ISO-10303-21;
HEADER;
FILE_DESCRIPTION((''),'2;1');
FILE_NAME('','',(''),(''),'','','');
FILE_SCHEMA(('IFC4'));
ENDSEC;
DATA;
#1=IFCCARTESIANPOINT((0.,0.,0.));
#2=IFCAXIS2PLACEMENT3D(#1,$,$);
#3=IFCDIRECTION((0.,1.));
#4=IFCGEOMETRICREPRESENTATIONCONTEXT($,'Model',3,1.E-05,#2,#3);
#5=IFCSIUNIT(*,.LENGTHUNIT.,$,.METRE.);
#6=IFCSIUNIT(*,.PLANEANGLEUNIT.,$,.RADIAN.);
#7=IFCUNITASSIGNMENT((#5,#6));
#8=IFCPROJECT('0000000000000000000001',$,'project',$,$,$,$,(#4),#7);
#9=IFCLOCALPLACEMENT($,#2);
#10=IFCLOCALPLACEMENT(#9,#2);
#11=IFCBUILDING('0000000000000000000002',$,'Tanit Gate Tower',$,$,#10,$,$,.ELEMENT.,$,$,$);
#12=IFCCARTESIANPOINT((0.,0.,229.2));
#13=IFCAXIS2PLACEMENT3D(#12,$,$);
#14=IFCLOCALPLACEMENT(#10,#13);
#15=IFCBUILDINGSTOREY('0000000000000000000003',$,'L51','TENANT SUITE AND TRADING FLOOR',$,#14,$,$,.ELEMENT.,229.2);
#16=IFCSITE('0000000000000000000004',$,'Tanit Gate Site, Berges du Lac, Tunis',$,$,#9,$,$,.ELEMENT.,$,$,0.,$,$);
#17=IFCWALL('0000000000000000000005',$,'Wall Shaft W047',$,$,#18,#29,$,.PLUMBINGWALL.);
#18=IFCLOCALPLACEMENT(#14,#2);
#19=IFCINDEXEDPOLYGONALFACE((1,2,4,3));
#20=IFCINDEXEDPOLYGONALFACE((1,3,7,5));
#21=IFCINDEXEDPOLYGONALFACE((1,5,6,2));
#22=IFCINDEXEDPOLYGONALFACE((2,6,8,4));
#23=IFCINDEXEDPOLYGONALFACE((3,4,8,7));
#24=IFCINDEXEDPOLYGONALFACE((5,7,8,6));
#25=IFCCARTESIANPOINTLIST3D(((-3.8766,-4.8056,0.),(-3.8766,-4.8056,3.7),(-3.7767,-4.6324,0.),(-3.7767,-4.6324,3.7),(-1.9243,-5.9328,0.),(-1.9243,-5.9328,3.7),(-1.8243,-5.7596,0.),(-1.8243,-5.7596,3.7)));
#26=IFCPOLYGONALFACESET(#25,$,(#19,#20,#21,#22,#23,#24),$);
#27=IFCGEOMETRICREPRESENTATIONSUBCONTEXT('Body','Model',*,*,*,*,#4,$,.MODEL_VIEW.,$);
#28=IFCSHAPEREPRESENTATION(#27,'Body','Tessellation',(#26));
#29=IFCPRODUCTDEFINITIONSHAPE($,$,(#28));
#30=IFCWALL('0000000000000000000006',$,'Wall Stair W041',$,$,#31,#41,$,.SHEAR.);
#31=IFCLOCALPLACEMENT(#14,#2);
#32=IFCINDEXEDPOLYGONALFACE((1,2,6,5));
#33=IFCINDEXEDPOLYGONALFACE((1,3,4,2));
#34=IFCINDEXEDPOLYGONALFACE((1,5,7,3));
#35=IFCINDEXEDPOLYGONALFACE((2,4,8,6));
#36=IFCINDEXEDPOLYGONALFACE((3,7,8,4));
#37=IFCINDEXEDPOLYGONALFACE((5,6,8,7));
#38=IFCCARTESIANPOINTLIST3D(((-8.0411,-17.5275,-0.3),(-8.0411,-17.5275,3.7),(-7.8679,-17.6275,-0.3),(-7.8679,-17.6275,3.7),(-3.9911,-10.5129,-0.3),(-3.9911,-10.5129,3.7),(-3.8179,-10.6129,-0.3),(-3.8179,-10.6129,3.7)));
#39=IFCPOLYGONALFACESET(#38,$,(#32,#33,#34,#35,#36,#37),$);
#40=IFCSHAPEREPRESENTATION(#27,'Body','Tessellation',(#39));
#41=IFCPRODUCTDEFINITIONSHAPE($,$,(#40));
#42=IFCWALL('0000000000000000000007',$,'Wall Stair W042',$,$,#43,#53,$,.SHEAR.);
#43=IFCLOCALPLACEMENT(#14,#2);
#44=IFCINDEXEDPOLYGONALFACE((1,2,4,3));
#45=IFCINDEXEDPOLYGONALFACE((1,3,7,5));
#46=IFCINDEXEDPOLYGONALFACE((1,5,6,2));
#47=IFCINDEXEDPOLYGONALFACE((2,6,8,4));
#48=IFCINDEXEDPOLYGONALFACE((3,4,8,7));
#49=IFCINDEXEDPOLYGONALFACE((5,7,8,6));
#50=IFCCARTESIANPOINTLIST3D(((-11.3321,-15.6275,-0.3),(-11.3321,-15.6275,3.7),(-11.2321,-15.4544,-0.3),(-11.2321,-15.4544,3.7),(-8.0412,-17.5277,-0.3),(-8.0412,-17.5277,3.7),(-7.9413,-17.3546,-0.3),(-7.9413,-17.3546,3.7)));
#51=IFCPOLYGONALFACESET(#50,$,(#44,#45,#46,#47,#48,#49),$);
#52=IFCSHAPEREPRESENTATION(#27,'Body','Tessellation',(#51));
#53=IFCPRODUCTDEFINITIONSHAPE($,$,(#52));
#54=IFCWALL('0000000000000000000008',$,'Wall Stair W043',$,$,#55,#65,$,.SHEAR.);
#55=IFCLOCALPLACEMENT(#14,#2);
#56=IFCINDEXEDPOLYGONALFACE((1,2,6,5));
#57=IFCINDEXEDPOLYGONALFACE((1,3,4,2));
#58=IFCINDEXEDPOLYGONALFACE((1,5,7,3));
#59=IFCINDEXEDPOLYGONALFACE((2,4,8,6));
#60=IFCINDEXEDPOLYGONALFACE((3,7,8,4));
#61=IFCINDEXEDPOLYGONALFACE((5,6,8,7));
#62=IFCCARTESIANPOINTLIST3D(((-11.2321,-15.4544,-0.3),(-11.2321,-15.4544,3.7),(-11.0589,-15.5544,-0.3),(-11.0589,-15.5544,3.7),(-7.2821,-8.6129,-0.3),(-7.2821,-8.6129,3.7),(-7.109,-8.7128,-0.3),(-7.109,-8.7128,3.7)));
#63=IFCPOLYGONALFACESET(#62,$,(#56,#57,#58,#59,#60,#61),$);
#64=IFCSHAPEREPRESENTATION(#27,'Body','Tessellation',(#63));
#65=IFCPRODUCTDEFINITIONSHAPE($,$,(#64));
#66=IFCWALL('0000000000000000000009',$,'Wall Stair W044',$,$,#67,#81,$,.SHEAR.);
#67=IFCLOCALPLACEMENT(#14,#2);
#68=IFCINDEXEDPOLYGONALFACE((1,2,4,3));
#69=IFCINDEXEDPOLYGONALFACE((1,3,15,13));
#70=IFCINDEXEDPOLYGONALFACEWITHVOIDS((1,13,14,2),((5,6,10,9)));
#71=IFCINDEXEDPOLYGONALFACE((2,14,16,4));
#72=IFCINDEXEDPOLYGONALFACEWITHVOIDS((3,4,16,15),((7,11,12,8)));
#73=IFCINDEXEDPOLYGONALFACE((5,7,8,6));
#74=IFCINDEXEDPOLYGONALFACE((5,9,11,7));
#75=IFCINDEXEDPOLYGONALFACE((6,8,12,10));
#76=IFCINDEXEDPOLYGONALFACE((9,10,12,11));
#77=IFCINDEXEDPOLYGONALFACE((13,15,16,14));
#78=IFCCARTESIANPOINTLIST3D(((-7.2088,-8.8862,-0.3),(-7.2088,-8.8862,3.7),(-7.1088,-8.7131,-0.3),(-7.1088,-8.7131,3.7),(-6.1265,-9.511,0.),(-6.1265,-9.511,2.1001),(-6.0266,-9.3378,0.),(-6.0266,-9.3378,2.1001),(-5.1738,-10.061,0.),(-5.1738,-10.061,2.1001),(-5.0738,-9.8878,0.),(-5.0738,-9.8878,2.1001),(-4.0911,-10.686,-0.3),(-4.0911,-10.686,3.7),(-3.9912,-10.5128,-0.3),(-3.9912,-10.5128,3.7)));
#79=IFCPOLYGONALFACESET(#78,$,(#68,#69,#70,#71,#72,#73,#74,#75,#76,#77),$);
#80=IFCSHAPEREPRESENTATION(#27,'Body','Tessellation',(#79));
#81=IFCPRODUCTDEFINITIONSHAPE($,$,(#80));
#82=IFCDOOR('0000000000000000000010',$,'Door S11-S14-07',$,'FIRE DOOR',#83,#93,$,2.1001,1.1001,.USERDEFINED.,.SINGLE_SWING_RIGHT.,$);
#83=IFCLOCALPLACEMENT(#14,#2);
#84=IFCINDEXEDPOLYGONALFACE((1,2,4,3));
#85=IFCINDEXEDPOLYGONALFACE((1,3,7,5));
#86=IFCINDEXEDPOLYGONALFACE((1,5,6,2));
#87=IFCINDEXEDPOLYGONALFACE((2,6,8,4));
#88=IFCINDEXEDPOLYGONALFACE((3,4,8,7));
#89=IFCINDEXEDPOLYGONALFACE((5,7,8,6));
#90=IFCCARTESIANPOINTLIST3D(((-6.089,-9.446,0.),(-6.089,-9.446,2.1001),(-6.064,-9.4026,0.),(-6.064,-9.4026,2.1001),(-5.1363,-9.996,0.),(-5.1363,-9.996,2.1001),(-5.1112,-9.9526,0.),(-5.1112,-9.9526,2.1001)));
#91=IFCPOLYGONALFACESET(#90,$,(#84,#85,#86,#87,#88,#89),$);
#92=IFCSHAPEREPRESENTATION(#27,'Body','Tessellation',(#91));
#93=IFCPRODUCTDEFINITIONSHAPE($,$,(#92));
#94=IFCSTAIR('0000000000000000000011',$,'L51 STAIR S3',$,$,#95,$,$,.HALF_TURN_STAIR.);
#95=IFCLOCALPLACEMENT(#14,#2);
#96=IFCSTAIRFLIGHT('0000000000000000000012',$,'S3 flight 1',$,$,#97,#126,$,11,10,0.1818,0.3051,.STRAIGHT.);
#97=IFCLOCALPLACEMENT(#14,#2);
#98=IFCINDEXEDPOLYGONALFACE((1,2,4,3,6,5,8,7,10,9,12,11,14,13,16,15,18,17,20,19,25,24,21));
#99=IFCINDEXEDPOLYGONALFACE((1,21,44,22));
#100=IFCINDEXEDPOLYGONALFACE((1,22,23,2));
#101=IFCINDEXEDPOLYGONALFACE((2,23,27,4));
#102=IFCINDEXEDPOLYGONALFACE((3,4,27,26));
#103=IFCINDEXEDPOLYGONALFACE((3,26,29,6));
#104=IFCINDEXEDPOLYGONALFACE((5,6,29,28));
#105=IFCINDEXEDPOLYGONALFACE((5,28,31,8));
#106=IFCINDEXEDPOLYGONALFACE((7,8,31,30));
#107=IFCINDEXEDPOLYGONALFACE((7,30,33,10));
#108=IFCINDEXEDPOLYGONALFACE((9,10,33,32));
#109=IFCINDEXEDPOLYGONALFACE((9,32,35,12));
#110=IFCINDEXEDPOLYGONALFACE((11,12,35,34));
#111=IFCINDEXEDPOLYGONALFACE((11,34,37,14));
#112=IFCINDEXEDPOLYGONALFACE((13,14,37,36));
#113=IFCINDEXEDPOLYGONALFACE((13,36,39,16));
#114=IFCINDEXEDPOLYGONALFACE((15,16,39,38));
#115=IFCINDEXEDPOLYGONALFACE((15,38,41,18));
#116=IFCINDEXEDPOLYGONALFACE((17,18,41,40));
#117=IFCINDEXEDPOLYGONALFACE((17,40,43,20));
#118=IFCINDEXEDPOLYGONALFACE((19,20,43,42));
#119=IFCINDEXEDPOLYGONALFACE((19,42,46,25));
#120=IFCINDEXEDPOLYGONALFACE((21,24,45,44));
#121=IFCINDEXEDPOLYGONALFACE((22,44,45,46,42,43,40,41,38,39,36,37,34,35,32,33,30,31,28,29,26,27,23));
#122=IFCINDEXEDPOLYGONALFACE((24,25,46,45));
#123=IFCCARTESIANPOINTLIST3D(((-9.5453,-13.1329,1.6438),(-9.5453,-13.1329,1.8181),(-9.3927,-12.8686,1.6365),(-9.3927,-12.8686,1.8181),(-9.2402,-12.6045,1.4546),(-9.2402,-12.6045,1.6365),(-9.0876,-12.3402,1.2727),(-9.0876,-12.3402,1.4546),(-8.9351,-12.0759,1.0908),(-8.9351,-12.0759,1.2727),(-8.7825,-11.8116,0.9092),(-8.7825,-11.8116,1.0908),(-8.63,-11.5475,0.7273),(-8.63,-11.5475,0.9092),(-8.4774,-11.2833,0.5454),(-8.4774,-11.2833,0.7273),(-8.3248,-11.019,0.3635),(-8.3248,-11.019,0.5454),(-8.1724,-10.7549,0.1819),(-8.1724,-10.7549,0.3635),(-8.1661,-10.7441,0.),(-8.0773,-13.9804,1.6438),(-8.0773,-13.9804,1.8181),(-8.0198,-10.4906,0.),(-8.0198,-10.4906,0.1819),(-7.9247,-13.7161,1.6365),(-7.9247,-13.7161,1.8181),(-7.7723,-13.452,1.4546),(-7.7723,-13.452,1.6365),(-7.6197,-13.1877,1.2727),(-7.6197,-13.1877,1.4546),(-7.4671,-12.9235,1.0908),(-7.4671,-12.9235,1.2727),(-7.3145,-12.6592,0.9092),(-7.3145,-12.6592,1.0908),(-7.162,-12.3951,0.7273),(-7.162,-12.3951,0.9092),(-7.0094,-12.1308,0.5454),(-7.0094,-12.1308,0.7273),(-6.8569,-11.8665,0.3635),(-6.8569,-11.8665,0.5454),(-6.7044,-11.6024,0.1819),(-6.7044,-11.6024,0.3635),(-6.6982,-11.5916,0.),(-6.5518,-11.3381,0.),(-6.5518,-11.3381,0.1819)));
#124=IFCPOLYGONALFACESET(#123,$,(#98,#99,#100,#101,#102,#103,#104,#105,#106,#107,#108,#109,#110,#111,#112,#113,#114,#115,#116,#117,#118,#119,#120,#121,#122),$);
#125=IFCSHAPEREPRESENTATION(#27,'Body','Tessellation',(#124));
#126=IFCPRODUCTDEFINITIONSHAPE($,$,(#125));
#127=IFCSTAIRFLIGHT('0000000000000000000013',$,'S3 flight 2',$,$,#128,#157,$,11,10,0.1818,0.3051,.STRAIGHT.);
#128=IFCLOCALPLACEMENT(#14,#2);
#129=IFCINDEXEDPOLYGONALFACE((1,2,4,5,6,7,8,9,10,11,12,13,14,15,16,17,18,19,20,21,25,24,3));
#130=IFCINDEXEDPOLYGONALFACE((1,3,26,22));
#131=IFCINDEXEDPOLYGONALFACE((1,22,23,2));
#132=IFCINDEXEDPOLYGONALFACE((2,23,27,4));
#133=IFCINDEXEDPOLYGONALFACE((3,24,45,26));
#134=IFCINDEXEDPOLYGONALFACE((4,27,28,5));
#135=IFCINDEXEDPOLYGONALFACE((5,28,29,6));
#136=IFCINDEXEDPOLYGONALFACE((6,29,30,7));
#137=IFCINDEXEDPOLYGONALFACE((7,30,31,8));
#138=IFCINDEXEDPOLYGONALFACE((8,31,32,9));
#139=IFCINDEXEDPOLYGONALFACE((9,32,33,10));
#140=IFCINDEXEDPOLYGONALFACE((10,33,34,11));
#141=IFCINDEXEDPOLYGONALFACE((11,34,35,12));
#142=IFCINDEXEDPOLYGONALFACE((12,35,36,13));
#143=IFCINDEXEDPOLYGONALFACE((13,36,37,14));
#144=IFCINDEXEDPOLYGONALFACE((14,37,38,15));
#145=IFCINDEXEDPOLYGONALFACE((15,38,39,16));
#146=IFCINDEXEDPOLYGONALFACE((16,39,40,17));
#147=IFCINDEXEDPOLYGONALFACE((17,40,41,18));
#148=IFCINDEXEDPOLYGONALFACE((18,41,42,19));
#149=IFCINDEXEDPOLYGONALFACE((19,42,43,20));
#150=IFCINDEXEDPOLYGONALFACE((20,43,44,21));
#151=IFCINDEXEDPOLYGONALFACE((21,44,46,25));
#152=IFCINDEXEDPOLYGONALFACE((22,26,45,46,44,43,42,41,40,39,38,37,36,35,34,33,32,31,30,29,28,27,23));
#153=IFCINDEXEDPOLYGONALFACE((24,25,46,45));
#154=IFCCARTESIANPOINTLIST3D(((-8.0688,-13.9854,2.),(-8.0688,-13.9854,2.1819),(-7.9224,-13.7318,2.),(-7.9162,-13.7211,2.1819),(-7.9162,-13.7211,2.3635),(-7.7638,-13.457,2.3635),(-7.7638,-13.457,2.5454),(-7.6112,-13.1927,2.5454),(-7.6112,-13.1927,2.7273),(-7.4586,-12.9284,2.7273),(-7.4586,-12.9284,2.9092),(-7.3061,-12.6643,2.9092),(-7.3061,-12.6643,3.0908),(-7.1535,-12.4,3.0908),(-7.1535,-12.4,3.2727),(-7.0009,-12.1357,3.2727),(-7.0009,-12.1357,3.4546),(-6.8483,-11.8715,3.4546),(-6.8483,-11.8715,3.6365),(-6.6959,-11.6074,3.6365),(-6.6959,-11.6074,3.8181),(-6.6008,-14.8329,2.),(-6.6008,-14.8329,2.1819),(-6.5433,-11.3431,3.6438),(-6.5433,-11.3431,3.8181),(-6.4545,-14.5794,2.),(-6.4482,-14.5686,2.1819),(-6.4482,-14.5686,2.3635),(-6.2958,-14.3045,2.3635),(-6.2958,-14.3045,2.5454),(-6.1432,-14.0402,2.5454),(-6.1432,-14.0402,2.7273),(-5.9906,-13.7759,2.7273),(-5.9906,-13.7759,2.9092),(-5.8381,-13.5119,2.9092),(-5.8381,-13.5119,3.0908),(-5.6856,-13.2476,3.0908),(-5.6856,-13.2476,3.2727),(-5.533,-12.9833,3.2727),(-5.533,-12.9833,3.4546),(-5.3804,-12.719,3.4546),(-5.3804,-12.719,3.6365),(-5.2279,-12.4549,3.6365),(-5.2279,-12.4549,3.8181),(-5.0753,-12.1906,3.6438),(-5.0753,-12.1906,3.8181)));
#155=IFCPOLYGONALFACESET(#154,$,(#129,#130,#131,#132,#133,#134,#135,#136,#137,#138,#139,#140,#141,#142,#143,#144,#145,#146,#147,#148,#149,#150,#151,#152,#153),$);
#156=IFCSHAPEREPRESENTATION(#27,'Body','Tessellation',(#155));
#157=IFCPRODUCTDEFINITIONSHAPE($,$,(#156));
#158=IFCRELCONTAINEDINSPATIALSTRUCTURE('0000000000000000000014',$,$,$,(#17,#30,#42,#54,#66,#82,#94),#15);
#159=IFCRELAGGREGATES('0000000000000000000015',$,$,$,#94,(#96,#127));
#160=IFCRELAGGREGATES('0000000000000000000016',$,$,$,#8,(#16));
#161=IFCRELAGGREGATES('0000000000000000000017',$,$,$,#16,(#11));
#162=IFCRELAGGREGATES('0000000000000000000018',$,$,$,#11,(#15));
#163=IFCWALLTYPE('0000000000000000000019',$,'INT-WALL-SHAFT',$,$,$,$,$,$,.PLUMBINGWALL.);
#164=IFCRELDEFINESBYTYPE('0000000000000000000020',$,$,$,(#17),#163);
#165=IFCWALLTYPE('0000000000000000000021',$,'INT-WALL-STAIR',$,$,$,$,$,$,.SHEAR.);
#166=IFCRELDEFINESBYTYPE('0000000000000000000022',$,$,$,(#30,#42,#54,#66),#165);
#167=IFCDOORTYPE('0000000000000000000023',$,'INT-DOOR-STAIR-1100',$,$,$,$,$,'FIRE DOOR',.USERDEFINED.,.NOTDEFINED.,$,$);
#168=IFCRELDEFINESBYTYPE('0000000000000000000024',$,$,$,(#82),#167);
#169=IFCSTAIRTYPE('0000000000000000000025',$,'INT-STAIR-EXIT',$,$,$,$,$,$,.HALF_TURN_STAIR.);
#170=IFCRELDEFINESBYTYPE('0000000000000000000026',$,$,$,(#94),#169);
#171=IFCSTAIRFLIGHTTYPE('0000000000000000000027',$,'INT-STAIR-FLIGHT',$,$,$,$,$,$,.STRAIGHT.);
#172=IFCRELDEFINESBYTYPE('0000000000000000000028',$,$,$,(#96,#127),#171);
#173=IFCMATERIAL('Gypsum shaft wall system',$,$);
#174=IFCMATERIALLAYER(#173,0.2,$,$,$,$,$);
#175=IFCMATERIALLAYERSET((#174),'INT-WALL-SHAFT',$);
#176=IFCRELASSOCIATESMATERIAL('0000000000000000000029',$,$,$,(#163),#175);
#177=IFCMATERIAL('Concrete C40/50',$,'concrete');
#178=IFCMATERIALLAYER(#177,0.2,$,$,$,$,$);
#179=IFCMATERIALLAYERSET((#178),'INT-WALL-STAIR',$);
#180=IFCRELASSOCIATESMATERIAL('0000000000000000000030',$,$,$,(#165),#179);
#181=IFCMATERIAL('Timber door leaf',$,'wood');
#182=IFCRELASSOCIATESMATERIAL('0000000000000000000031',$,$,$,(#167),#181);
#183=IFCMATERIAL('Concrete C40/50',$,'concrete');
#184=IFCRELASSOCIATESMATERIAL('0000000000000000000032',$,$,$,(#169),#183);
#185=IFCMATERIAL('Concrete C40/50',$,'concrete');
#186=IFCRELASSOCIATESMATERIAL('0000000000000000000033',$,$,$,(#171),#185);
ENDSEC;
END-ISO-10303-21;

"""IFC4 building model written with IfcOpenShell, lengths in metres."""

from ifc_helpers import new_model, si_unit, direction, frame, frame_2d, origin, place, context, subcontext, project, spatial, polyline, rectangle, outline, extrude, material, layer, layer_set, type_object, element, fill, aggregate, save


model = new_model("IFC4")

# Units and contexts
model_context = context("Model", 3, precision=1e-05, world=origin(), true_north=direction((0.0, 1.0)))
body_context = subcontext(model_context, "Body", "Model", "MODEL_VIEW")
ifc_project = project(units=[si_unit("LENGTHUNIT", "METRE"), si_unit("PLANEANGLEUNIT", "RADIAN")], contexts=[model_context])

# Site, building, storey
site_placement = place(None, origin())
site = spatial("IfcSite", under=ifc_project, at=site_placement, Name="Tanit Gate Site, Berges du Lac, Tunis", CompositionType="ELEMENT", RefElevation=0.0)
building_placement = place(site_placement, origin())
building = spatial("IfcBuilding", under=site, at=building_placement, Name="Tanit Gate Tower", CompositionType="ELEMENT")
storey_placement = place(building_placement, frame((0.0, 0.0, 229.2)))
storey = spatial("IfcBuildingStorey", under=building, at=storey_placement, Name="L51", Description="TENANT SUITE AND TRADING FLOOR", CompositionType="ELEMENT", Elevation=229.2)

# Shared definitions
ifc_material_1 = material(Name="Gypsum shaft wall system")
ifc_layer_1 = layer(ifc_material_1, 0.2)
ifc_layer_set_1 = layer_set([ifc_layer_1], Name="INT-WALL-SHAFT")
wall_type_1 = type_object("IfcWallType", Name="INT-WALL-SHAFT", PredefinedType="PLUMBINGWALL", material=ifc_layer_set_1)

# Walls
wall_1_placement = place(storey_placement, frame((-3.8267, -4.719, 0.0), z_axis=(0.0, 0.0, 1.0), x_axis=(0.866029, -0.499994, 0.0)))
element("IfcWall", 1, at=wall_1_placement, inside=storey, type_object=wall_type_1, Name="Wall Shaft W047", PredefinedType="PLUMBINGWALL", context=body_context, shape_type="SweptSolid", body=[
    extrude(rectangle(XDim=2.2544, YDim=0.2, at=frame_2d((1.1272, 0.0))), origin(), (0.0, 0.0, 1.0), 3.7),
])
ifc_material_2 = material(Name="Concrete C40/50", Category="concrete")
ifc_layer_2 = layer(ifc_material_2, 0.2)
ifc_layer_set_2 = layer_set([ifc_layer_2], Name="INT-WALL-STAIR")
wall_type_2 = type_object("IfcWallType", Name="INT-WALL-STAIR", PredefinedType="SHEAR", material=ifc_layer_set_2)
wall_2_placement = place(storey_placement, frame((-3.9045, -10.563, -0.3), z_axis=(0.0, 0.0, 1.0), x_axis=(-0.500013, -0.866018, 0.0)))
element("IfcWall", 2, at=wall_2_placement, inside=storey, type_object=wall_type_2, Name="Wall Stair W041", PredefinedType="SHEAR", context=body_context, shape_type="SweptSolid", body=[
    extrude(rectangle(XDim=8.0999, YDim=0.2, at=frame_2d((4.0498, 0.0))), origin(), (0.0, 0.0, 1.0), 4.0),
])
wall_3_placement = place(storey_placement, frame((-11.282, -15.541, -0.3), z_axis=(0.0, 0.0, 1.0), x_axis=(0.866, -0.500043, 0.0)))
element("IfcWall", 3, at=wall_3_placement, inside=storey, type_object=wall_type_2, Name="Wall Stair W042", PredefinedType="SHEAR", context=body_context, shape_type="SweptSolid", body=[
    extrude(rectangle(XDim=3.8, YDim=0.2, at=frame_2d((1.8999, 0.0))), origin(), (0.0, 0.0, 1.0), 4.0),
])
wall_4_placement = place(storey_placement, frame((-7.1956, -8.6628, -0.3), z_axis=(0.0, 0.0, 1.0), x_axis=(-0.499998, -0.866027, 0.0)))
element("IfcWall", 4, at=wall_4_placement, inside=storey, type_object=wall_type_2, Name="Wall Stair W043", PredefinedType="SHEAR", context=body_context, shape_type="SweptSolid", body=[
    extrude(rectangle(XDim=7.8999, YDim=0.2, at=frame_2d((3.95, 0.0))), origin(), (0.0, 0.0, 1.0), 4.0),
])

# Wall, opening, door
wall_5_placement = place(storey_placement, frame((-4.0413, -10.5994, -0.3), z_axis=(0.0, 0.0, 1.0), x_axis=(-0.866048, 0.499961, 0.0)))
wall_5 = element("IfcWall", 5, at=wall_5_placement, inside=storey, type_object=wall_type_2, Name="Wall Stair W044", PredefinedType="SHEAR", context=body_context, shape_type="SweptSolid", body=[
    extrude(rectangle(XDim=3.5999, YDim=0.2, at=frame_2d((1.7998, 0.0))), origin(), (0.0, 0.0, 1.0), 4.0),
])
opening_1_placement = place(wall_5_placement, frame((1.25, 0.0, 0.3)))
opening_1 = element("IfcOpeningElement", 6, at=opening_1_placement, cuts=wall_5, PredefinedType="OPENING", context=body_context, shape_type="SweptSolid", body=[
    extrude(rectangle(XDim=1.1001, YDim=2.1001, at=frame_2d((0.55, 1.05))), frame((0.0, 0.1099, 0.0), z_axis=(0.0, -1.0, 0.0), x_axis=(1.0, 0.0, 0.0)), (0.0, 0.0, 1.0), 0.22),
])
ifc_material_3 = material(Name="Timber door leaf", Category="wood")
door_type_1 = type_object("IfcDoorType", Name="INT-DOOR-STAIR-1100", ElementType="FIRE DOOR", OperationType="NOTDEFINED", PredefinedType="USERDEFINED", material=ifc_material_3)
door_1_placement = place(opening_1_placement, origin())
door_1 = element("IfcDoor", 7, at=door_1_placement, inside=storey, type_object=door_type_1, Name="Door S11-S14-07", ObjectType="FIRE DOOR", OperationType="SINGLE_SWING_RIGHT", OverallHeight=2.1001, OverallWidth=1.1001, PredefinedType="USERDEFINED", context=body_context, shape_type="SweptSolid", body=[
    extrude(rectangle(XDim=1.1001, YDim=2.1001, at=frame_2d((0.55, 1.05))), frame((0.0, 0.0249, 0.0), z_axis=(0.0, -1.0, 0.0), x_axis=(1.0, 0.0, 0.0)), (0.0, 0.0, 1.0), 0.05),
])
fill(opening_1, door_1)

# Stair, stair flights
ifc_material_4 = material(Name="Concrete C40/50", Category="concrete")
stair_type = type_object("IfcStairType", Name="INT-STAIR-EXIT", PredefinedType="HALF_TURN_STAIR", material=ifc_material_4)
stair_placement = place(storey_placement, origin())
stair = element("IfcStair", 8, at=stair_placement, inside=storey, type_object=stair_type, Name="L51 STAIR S3", PredefinedType="HALF_TURN_STAIR")
ifc_material_5 = material(Name="Concrete C40/50", Category="concrete")
stair_flight_type = type_object("IfcStairFlightType", Name="INT-STAIR-FLIGHT", PredefinedType="STRAIGHT", material=ifc_material_5)
stair_flight_1_placement = place(storey_placement, frame((-7.2859, -10.9143, 0.0), z_axis=(0.0, 0.0, 1.0), x_axis=(-0.5, -0.866025, 0.0)))
stair_flight_1 = element("IfcStairFlight", 9, at=stair_flight_1_placement, type_object=stair_flight_type, Name="S3 flight 1", NumberOfRisers=11, NumberOfTreads=10, PredefinedType="STRAIGHT", RiserHeight=0.1818, TreadLength=0.3051, context=body_context, shape_type="SweptSolid", body=[
    extrude(outline(polyline([(0.0, 0.0), (0.0, 0.1819), (0.3052, 0.1819), (0.3052, 0.3635), (0.6101, 0.3635), (0.6101, 0.5454), (0.9153, 0.5454), (0.9153, 0.7273), (1.2205, 0.7273), (1.2205, 0.9092), (1.5254, 0.9092), (1.5254, 1.0908), (1.8306, 1.0908), (1.8306, 1.2727), (2.1357, 1.2727), (2.1357, 1.4546), (2.4409, 1.4546), (2.4409, 1.6365), (2.7458, 1.6365), (2.7458, 1.8181), (3.051, 1.8181), (3.051, 2.0), (3.051, 1.6438), (0.2927, 0.0), (0.0, 0.0)])), frame((0.0, 0.8477, 0.0), z_axis=(0.0, -1.0, 0.0), x_axis=(1.0, 0.0, 0.0)), (0.0, 0.0, 1.0), 1.6951),
])
stair_flight_2_placement = place(storey_placement, frame((-7.3347, -14.4092, 2.0), z_axis=(0.0, 0.0, 1.0), x_axis=(0.5, 0.866025, 0.0)))
stair_flight_2 = element("IfcStairFlight", 10, at=stair_flight_2_placement, type_object=stair_flight_type, Name="S3 flight 2", NumberOfRisers=11, NumberOfTreads=10, PredefinedType="STRAIGHT", RiserHeight=0.1818, TreadLength=0.3051, context=body_context, shape_type="SweptSolid", body=[
    extrude(outline(polyline([(0.0, 0.0), (0.0, 0.1819), (0.3052, 0.1819), (0.3052, 0.3635), (0.6101, 0.3635), (0.6101, 0.5454), (0.9153, 0.5454), (0.9153, 0.7273), (1.2205, 0.7273), (1.2205, 0.9092), (1.5254, 0.9092), (1.5254, 1.0908), (1.8306, 1.0908), (1.8306, 1.2727), (2.1357, 1.2727), (2.1357, 1.4546), (2.4409, 1.4546), (2.4409, 1.6365), (2.7458, 1.6365), (2.7458, 1.8181), (3.051, 1.8181), (3.051, 2.0), (3.051, 1.6438), (0.2927, 0.0), (0.0, 0.0)])), frame((0.0, 0.8477, 0.0), z_axis=(0.0, -1.0, 0.0), x_axis=(1.0, 0.0, 0.0)), (0.0, 0.0, 1.0), 1.6951),
])
aggregate(stair, [stair_flight_1, stair_flight_2])

save(model, "model.ifc")
